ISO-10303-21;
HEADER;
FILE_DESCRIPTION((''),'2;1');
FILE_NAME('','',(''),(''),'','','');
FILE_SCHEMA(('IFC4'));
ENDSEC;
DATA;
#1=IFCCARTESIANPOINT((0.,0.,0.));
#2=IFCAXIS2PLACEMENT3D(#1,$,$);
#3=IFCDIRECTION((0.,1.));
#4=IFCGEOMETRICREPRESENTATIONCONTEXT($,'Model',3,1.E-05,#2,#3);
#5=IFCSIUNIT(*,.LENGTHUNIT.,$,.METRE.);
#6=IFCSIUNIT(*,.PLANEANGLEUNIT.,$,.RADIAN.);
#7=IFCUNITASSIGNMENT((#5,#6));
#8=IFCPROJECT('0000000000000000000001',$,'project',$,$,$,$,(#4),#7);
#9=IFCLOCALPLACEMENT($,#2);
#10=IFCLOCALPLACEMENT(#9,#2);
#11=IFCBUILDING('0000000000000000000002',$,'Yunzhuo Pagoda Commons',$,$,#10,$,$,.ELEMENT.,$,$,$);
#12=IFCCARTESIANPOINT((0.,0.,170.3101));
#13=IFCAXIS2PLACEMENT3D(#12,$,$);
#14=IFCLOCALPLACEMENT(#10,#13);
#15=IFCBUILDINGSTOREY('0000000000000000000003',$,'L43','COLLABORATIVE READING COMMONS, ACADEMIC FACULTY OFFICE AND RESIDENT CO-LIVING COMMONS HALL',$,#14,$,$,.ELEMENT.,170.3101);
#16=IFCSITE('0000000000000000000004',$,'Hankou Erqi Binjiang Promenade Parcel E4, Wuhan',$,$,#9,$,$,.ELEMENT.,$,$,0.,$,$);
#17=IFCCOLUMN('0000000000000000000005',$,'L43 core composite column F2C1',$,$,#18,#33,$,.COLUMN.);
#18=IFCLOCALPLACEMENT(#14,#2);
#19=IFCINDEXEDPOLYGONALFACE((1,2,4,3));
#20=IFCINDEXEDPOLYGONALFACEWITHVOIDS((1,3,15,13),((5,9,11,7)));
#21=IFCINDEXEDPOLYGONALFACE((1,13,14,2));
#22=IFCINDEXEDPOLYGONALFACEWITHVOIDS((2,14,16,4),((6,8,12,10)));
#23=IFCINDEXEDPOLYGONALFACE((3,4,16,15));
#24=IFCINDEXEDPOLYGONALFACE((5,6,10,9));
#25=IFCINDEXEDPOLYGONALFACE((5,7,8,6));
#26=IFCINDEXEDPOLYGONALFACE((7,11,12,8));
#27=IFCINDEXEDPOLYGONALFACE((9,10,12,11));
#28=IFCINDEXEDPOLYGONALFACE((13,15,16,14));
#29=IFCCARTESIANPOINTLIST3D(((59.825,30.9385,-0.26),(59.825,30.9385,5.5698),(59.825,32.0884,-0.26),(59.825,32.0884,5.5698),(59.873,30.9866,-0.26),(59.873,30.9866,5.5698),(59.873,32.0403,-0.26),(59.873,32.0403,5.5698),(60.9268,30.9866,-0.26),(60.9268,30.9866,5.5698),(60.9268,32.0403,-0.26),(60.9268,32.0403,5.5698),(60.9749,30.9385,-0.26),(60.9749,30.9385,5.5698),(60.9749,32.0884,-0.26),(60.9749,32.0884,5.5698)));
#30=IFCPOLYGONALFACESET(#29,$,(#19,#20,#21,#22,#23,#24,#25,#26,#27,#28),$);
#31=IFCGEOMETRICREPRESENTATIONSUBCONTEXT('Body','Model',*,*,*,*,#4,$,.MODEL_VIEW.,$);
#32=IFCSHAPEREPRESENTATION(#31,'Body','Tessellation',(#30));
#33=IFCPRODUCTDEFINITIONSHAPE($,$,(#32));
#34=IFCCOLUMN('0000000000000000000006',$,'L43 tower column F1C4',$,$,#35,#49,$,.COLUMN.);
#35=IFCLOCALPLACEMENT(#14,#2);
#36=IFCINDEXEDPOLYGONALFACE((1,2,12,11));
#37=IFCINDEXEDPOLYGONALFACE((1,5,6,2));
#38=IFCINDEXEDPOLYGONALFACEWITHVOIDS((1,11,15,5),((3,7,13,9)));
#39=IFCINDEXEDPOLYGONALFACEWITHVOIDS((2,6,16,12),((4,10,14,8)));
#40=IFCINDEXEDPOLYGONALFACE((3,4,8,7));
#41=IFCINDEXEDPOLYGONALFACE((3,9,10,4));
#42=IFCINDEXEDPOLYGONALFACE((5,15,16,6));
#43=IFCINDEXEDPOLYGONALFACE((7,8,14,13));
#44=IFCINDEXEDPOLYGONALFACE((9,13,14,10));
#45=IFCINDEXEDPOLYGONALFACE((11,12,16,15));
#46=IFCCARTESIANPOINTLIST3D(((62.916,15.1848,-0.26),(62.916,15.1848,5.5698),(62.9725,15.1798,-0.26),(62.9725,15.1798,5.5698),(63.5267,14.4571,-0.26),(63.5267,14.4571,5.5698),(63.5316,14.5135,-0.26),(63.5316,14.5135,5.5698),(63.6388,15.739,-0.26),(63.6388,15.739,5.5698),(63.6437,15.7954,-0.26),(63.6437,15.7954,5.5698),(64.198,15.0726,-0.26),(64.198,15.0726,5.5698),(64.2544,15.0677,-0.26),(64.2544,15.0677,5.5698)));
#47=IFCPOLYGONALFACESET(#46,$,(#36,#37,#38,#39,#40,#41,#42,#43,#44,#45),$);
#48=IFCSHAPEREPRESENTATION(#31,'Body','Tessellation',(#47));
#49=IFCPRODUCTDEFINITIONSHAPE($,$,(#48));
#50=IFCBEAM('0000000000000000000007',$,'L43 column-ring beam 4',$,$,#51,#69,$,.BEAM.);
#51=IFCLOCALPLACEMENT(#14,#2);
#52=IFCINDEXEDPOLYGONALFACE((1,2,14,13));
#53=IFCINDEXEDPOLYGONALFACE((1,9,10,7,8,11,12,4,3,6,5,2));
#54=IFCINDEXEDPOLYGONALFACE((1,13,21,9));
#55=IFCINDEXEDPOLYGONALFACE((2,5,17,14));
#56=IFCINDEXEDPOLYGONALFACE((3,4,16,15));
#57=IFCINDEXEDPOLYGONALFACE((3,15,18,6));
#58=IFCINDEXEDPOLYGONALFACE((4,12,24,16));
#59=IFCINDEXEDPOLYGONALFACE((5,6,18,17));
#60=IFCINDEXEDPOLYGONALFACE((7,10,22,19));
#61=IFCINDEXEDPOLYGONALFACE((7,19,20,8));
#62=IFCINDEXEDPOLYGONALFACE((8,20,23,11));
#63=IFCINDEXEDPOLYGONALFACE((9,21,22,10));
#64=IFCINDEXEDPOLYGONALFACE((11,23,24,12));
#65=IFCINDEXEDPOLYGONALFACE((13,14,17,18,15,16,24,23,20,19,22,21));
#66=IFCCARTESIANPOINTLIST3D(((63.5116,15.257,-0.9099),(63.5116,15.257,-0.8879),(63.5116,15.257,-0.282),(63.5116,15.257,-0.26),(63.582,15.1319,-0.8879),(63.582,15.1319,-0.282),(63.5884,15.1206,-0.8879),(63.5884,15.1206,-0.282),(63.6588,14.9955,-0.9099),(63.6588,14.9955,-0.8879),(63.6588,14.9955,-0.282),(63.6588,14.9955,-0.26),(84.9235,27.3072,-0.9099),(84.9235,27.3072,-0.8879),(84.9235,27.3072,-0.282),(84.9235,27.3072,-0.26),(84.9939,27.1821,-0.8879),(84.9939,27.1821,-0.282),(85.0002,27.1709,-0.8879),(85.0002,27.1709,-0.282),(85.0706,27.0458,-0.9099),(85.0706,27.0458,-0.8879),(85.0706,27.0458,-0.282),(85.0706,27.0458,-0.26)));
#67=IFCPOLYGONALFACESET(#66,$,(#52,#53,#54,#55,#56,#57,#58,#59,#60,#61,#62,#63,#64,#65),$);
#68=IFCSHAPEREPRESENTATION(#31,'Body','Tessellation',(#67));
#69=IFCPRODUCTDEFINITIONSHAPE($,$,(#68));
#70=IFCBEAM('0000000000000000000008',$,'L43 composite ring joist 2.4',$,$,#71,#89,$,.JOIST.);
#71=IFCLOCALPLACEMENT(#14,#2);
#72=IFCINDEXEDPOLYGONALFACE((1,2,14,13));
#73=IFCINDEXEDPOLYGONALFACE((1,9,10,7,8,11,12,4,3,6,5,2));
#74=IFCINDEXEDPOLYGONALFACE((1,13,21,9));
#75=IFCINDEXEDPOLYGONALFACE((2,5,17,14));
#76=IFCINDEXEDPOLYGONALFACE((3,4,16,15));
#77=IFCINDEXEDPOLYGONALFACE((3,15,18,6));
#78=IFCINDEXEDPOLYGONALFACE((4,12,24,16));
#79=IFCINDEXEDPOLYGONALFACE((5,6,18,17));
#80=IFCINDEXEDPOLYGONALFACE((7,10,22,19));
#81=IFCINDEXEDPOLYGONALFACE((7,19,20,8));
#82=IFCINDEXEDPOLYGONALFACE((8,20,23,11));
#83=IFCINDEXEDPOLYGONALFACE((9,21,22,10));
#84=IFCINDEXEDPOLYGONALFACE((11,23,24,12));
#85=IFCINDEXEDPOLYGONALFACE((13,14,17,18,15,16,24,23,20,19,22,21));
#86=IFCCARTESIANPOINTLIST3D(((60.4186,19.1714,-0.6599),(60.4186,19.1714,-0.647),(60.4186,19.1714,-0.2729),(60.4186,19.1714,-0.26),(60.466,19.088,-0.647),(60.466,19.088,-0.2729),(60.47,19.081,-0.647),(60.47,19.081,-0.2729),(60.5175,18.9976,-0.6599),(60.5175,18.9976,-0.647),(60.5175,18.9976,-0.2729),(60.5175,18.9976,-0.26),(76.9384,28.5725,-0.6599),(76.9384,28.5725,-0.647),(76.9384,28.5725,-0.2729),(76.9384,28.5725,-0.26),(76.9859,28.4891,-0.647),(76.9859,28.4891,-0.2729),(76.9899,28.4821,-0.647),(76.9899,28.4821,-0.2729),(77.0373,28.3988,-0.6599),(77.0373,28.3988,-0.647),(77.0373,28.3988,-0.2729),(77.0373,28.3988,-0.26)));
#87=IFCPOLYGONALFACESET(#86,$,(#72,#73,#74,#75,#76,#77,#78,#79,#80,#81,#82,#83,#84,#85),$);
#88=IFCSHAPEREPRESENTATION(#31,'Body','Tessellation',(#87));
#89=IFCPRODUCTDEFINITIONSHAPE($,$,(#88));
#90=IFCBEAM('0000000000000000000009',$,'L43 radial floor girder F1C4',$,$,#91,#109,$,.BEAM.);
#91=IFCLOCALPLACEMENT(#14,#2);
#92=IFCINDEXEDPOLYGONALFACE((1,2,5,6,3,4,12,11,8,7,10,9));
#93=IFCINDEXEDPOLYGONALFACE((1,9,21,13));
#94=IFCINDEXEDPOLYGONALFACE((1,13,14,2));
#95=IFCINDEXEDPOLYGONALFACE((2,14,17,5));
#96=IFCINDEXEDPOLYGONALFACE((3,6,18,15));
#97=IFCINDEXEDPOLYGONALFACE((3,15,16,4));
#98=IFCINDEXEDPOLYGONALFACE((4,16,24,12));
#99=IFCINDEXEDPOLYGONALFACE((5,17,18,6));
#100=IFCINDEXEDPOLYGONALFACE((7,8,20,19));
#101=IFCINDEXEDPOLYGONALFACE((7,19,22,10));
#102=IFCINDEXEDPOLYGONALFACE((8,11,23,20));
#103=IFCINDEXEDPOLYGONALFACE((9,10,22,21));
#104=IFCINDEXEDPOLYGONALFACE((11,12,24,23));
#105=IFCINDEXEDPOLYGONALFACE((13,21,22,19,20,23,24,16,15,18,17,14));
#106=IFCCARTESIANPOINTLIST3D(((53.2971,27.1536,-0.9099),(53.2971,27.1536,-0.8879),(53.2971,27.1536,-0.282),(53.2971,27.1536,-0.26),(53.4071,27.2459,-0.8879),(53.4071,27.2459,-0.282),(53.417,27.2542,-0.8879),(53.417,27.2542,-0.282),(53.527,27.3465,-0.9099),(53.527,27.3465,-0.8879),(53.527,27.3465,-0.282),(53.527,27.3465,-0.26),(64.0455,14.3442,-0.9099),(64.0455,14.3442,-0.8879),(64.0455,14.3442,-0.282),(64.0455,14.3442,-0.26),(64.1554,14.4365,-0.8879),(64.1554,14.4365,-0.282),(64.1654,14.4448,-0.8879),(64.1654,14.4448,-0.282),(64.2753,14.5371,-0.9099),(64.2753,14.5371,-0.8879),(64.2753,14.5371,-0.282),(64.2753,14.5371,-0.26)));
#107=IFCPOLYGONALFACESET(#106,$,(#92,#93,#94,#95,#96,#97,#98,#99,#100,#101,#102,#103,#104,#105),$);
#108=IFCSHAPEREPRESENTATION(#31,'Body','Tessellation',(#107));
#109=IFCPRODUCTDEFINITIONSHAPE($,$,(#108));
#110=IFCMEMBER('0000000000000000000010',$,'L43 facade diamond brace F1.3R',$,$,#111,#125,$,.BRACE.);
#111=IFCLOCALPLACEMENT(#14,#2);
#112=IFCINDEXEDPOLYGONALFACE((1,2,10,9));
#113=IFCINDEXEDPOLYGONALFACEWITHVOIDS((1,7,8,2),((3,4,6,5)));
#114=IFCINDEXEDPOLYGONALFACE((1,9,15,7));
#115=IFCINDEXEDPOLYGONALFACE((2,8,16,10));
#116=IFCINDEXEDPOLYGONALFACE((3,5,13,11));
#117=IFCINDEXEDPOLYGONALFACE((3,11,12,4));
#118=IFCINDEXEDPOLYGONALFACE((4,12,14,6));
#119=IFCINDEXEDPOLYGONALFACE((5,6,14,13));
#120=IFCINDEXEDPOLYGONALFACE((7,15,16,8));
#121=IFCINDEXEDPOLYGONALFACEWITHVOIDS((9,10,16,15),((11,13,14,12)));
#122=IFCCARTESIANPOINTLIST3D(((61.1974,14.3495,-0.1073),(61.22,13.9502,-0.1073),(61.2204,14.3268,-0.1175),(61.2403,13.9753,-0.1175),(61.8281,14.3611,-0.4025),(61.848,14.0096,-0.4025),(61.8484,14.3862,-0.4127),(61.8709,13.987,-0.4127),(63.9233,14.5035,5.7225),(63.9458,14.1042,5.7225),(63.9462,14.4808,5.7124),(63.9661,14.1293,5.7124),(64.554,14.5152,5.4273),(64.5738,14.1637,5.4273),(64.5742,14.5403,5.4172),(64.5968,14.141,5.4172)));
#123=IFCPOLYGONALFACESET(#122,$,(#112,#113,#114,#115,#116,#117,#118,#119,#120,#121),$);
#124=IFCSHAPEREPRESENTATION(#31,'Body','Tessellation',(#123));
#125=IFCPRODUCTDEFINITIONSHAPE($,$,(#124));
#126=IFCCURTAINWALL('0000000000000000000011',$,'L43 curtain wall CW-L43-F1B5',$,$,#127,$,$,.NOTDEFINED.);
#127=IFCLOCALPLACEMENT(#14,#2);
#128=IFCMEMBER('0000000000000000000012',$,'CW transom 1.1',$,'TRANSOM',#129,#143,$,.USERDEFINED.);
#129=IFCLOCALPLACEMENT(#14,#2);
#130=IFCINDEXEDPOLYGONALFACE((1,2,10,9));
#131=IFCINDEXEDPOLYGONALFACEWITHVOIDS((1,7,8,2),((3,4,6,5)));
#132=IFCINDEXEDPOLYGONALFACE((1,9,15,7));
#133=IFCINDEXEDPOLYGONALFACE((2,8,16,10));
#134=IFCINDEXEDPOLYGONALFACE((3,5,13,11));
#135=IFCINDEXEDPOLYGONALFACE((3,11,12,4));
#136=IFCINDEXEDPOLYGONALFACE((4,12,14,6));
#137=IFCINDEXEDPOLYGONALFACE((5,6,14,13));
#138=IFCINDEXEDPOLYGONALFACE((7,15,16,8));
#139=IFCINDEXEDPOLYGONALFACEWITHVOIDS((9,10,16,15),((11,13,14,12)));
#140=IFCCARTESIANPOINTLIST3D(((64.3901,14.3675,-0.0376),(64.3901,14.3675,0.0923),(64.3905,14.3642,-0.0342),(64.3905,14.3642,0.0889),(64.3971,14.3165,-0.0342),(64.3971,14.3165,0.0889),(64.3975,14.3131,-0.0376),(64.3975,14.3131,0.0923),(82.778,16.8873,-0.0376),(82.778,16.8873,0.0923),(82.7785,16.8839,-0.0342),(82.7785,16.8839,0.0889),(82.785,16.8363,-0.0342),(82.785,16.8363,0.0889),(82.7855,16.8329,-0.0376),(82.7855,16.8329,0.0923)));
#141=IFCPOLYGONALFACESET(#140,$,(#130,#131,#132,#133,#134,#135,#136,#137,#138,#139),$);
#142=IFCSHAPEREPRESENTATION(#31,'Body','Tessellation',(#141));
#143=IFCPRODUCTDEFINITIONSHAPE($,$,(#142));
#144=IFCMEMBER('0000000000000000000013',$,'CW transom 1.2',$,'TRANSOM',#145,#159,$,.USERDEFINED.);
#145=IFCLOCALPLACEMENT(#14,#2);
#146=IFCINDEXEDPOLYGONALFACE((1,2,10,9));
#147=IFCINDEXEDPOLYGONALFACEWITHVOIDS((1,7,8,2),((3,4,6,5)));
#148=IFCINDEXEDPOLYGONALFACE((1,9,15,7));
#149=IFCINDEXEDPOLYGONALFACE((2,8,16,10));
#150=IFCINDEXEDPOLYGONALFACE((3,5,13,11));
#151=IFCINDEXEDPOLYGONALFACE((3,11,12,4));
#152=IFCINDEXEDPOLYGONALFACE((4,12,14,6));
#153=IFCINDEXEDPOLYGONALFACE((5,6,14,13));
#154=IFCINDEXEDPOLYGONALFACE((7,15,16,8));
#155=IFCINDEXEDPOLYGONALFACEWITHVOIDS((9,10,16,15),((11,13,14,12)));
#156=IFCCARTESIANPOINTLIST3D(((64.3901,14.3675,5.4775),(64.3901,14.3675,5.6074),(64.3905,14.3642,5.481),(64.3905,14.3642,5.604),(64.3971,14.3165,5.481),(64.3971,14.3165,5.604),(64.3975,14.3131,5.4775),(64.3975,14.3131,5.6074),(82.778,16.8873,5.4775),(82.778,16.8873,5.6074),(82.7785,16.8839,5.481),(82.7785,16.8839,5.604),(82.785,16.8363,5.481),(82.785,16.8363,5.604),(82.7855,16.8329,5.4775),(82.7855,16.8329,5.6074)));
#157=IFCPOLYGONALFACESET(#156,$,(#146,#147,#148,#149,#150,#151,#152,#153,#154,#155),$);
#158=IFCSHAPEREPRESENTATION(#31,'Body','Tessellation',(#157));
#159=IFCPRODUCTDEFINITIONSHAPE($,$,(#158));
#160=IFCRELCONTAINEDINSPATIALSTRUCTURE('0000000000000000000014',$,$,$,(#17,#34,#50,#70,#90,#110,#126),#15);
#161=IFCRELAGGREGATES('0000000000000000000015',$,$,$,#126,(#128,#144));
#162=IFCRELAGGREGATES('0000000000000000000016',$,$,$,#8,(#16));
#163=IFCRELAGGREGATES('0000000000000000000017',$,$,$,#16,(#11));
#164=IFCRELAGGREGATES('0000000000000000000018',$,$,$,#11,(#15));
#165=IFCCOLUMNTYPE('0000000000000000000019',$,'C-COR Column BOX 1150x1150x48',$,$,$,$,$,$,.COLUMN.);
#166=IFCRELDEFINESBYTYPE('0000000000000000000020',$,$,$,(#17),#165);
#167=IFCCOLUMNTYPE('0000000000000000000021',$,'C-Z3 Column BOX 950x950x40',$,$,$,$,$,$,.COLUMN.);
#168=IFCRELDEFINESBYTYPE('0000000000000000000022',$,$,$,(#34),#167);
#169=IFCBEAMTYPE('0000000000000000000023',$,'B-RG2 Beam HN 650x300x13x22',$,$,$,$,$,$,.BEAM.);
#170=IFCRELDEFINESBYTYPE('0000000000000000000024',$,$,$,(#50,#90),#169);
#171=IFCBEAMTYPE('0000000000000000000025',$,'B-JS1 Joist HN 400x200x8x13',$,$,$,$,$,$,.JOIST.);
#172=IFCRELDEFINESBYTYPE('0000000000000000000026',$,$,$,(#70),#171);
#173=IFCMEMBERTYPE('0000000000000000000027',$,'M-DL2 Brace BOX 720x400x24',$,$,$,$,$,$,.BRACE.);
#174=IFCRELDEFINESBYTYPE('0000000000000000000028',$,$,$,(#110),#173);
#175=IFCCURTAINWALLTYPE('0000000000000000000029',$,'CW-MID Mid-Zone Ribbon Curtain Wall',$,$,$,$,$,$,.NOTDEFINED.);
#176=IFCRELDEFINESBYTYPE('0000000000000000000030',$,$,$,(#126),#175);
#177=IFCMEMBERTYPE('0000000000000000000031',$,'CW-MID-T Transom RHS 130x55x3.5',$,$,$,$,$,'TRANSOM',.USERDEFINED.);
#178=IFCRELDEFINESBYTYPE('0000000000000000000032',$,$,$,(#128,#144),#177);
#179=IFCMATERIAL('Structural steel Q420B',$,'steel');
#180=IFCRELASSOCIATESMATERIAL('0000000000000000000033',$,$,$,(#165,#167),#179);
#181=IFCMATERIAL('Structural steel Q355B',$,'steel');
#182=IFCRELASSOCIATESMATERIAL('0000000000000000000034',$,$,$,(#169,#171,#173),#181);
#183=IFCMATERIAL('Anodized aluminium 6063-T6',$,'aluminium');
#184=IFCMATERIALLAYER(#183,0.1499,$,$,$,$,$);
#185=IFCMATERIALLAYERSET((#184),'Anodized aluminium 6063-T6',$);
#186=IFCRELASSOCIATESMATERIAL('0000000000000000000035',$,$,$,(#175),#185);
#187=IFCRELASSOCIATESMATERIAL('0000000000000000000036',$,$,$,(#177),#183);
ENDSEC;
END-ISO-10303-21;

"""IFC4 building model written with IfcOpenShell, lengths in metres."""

from ifc_helpers import new_model, si_unit, direction, frame, origin, origin_2d, place, context, subcontext, project, spatial, hollow_rectangle, i_section, extrude, source, transform, mapped, material, layer, layer_set, material_profile, profile_set, type_object, element, aggregate, save


model = new_model("IFC4")

# Units and contexts
model_context = context("Model", 3, precision=1e-05, world=origin(), true_north=direction((0.0, 1.0)))
body_context = subcontext(model_context, "Body", "Model", "MODEL_VIEW")
ifc_project = project(units=[si_unit("LENGTHUNIT", "METRE"), si_unit("PLANEANGLEUNIT", "RADIAN")], contexts=[model_context])

# Site, building, storey
site_placement = place(None, origin())
site = spatial("IfcSite", under=ifc_project, at=site_placement, Name="Hankou Erqi Binjiang Promenade Parcel E4, Wuhan", CompositionType="ELEMENT", RefElevation=0.0)
building_placement = place(site_placement, origin())
building = spatial("IfcBuilding", under=site, at=building_placement, Name="Yunzhuo Pagoda Commons", CompositionType="ELEMENT")
storey_placement = place(building_placement, frame((0.0, 0.0, 170.3101)))
storey = spatial("IfcBuildingStorey", under=building, at=storey_placement, Name="L43", Description="COLLABORATIVE READING COMMONS, ACADEMIC FACULTY OFFICE AND RESIDENT CO-LIVING COMMONS HALL", CompositionType="ELEMENT", Elevation=170.3101)

# Columns
ifc_material_1 = material(Name="Structural steel Q420B", Category="steel")
ifc_material_profile_1 = material_profile(ifc_material_1, hollow_rectangle(XDim=1.1499, YDim=1.1499, WallThickness=0.0481, at=origin_2d()), Name="Structural steel Q420B")
ifc_profile_set_1 = profile_set([ifc_material_profile_1], Name="Structural steel Q420B")
column_type_1 = type_object("IfcColumnType", Name="C-COR Column BOX 1150x1150x48", PredefinedType="COLUMN", material=ifc_profile_set_1)
shared_shape_1 = source(origin(), body_context, "Body", "SweptSolid", [
    extrude(hollow_rectangle(XDim=1.1499, YDim=1.1499, WallThickness=0.0481, at=origin_2d()), origin(), (0.0, 0.0, 1.0), 5.8298),
])
column_1_placement = place(storey_placement, frame((60.3999, 31.5134, -0.26), z_axis=(0.0, 0.0, 1.0), x_axis=(1.0, 0.0, 0.0)))
element("IfcColumn", 1, at=column_1_placement, inside=storey, type_object=column_type_1, Name="L43 core composite column F2C1", PredefinedType="COLUMN", context=body_context, shape_type="MappedRepresentation", body=[
    mapped(shared_shape_1, transform((0.0, 0.0, 0.0), scale=1.0)),
])
ifc_material_profile_2 = material_profile(ifc_material_1, hollow_rectangle(XDim=0.95, YDim=0.95, WallThickness=0.04, at=origin_2d()), Name="Structural steel Q420B")
ifc_profile_set_2 = profile_set([ifc_material_profile_2], Name="Structural steel Q420B")
column_type_2 = type_object("IfcColumnType", Name="C-Z3 Column BOX 950x950x40", PredefinedType="COLUMN", material=ifc_profile_set_2)
shared_shape_2 = source(origin(), body_context, "Body", "SweptSolid", [
    extrude(hollow_rectangle(XDim=0.95, YDim=0.95, WallThickness=0.04, at=origin_2d()), origin(), (0.0, 0.0, 1.0), 5.8298),
])
column_2_placement = place(storey_placement, frame((63.5852, 15.1262, -0.26), z_axis=(0.0, 0.0, 1.0), x_axis=(0.766044, 0.642788, 0.0)))
element("IfcColumn", 2, at=column_2_placement, inside=storey, type_object=column_type_2, Name="L43 tower column F1C4", PredefinedType="COLUMN", context=body_context, shape_type="MappedRepresentation", body=[
    mapped(shared_shape_2, transform((0.0, 0.0, 0.0), scale=1.0)),
])

# Beams
ifc_material_2 = material(Name="Structural steel Q355B", Category="steel")
ifc_material_profile_3 = material_profile(ifc_material_2, i_section(OverallWidth=0.3, OverallDepth=0.6499, WebThickness=0.0129, FlangeThickness=0.022, at=origin_2d()), Name="Structural steel Q355B")
ifc_profile_set_3 = profile_set([ifc_material_profile_3], Name="Structural steel Q355B")
beam_type_1 = type_object("IfcBeamType", Name="B-RG2 Beam HN 650x300x13x22", PredefinedType="BEAM", material=ifc_profile_set_3)
shared_shape_3 = source(origin(), body_context, "Body", "SweptSolid", [
    extrude(i_section(OverallWidth=0.3, OverallDepth=0.6499, WebThickness=0.0129, FlangeThickness=0.022, at=origin_2d()), origin(), (0.0, 0.0, 1.0), 24.5698),
])
beam_1_placement = place(storey_placement, frame((63.5852, 15.1262, -0.585), z_axis=(0.871469, 0.49045, 0.0), x_axis=(-0.49045, 0.871469, 0.0)))
element("IfcBeam", 3, at=beam_1_placement, inside=storey, type_object=beam_type_1, Name="L43 column-ring beam 4", PredefinedType="BEAM", context=body_context, shape_type="MappedRepresentation", body=[
    mapped(shared_shape_3, transform((0.0, 0.0, 0.0), scale=1.0)),
])
ifc_material_profile_4 = material_profile(ifc_material_2, i_section(OverallWidth=0.2, OverallDepth=0.3999, WebThickness=0.0081, FlangeThickness=0.0129, at=origin_2d()), Name="Structural steel Q355B")
ifc_profile_set_4 = profile_set([ifc_material_profile_4], Name="Structural steel Q355B")
beam_type_2 = type_object("IfcBeamType", Name="B-JS1 Joist HN 400x200x8x13", PredefinedType="JOIST", material=ifc_profile_set_4)
shared_shape_4 = source(origin(), body_context, "Body", "SweptSolid", [
    extrude(i_section(OverallWidth=0.2, OverallDepth=0.3999, WebThickness=0.0081, FlangeThickness=0.0129, at=origin_2d()), origin(), (0.0, 0.0, 1.0), 19.0076),
])
beam_2_placement = place(storey_placement, frame((60.468, 19.0845, -0.46), z_axis=(0.86912, 0.494601, 0.0), x_axis=(-0.494601, 0.86912, 0.0)))
element("IfcBeam", 4, at=beam_2_placement, inside=storey, type_object=beam_type_2, Name="L43 composite ring joist 2.4", PredefinedType="JOIST", context=body_context, shape_type="MappedRepresentation", body=[
    mapped(shared_shape_4, transform((0.0, 0.0, 0.0), scale=1.0)),
])
shared_shape_5 = source(origin(), body_context, "Body", "SweptSolid", [
    extrude(i_section(OverallWidth=0.3, OverallDepth=0.6499, WebThickness=0.0129, FlangeThickness=0.022, at=origin_2d()), origin(), (0.0, 0.0, 1.0), 16.7214),
])
beam_3_placement = place(storey_placement, frame((64.1604, 14.4407, -0.585), z_axis=(-0.642787, 0.766045, 0.0), x_axis=(-0.766045, -0.642787, 0.0)))
element("IfcBeam", 5, at=beam_3_placement, inside=storey, type_object=beam_type_1, Name="L43 radial floor girder F1C4", PredefinedType="BEAM", context=body_context, shape_type="MappedRepresentation", body=[
    mapped(shared_shape_5, transform((0.0, 0.0, 0.0), scale=1.0)),
])

# Member
ifc_material_profile_5 = material_profile(ifc_material_2, hollow_rectangle(XDim=0.3999, YDim=0.72, WallThickness=0.0239, at=origin_2d()), Name="Structural steel Q355B")
ifc_profile_set_5 = profile_set([ifc_material_profile_5], Name="Structural steel Q355B")
member_type_1 = type_object("IfcMemberType", Name="M-DL2 Brace BOX 720x400x24", PredefinedType="BRACE", material=ifc_profile_set_5)
shared_shape_6 = source(origin(), body_context, "Body", "SweptSolid", [
    extrude(hollow_rectangle(XDim=0.3999, YDim=0.72, WallThickness=0.0239, at=origin_2d()), origin(), (0.0, 0.0, 1.0), 6.4375),
])
member_1_placement = place(storey_placement, frame((61.5342, 14.1682, -0.26), z_axis=(0.423433, 0.023931, 0.905611), x_axis=(-0.056426, 0.998407, 0.0)))
element("IfcMember", 6, at=member_1_placement, inside=storey, type_object=member_type_1, Name="L43 facade diamond brace F1.3R", PredefinedType="BRACE", context=body_context, shape_type="MappedRepresentation", body=[
    mapped(shared_shape_6, transform((0.0, 0.0, 0.0), scale=1.0)),
])

# Curtain wall, members
ifc_material_3 = material(Name="Anodized aluminium 6063-T6", Category="aluminium")
ifc_layer_1 = layer(ifc_material_3, 0.1499)
ifc_layer_set_1 = layer_set([ifc_layer_1], Name="Anodized aluminium 6063-T6")
curtain_wall_type = type_object("IfcCurtainWallType", Name="CW-MID Mid-Zone Ribbon Curtain Wall", PredefinedType="NOTDEFINED", material=ifc_layer_set_1)
curtain_wall_1_placement = place(storey_placement, origin())
curtain_wall_1 = element("IfcCurtainWall", 7, at=curtain_wall_1_placement, inside=storey, type_object=curtain_wall_type, Name="L43 curtain wall CW-L43-F1B5", PredefinedType="NOTDEFINED")
ifc_material_profile_6 = material_profile(ifc_material_3, hollow_rectangle(XDim=0.0549, YDim=0.1299, WallThickness=0.0034, at=origin_2d()), Name="Anodized aluminium 6063-T6")
ifc_profile_set_6 = profile_set([ifc_material_profile_6], Name="Anodized aluminium 6063-T6")
member_type_2 = type_object("IfcMemberType", Name="CW-MID-T Transom RHS 130x55x3.5", ElementType="TRANSOM", PredefinedType="USERDEFINED", material=ifc_profile_set_6)
shared_shape_7 = source(origin(), body_context, "Body", "SweptSolid", [
    extrude(hollow_rectangle(XDim=0.0549, YDim=0.1299, WallThickness=0.0034, at=origin_2d()), origin(), (0.0, 0.0, 1.0), 18.5598),
])
member_2_placement = place(storey_placement, frame((64.3938, 14.3403, 0.0273), z_axis=(0.990741, 0.135765, 0.0), x_axis=(-0.135765, 0.990741, 0.0)))
member_2 = element("IfcMember", 8, at=member_2_placement, type_object=member_type_2, Name="CW transom 1.1", ObjectType="TRANSOM", PredefinedType="USERDEFINED", context=body_context, shape_type="MappedRepresentation", body=[
    mapped(shared_shape_7, transform((0.0, 0.0, 0.0), scale=1.0)),
])
member_3_placement = place(storey_placement, frame((64.3938, 14.3403, 5.5425), z_axis=(0.990741, 0.135765, 0.0), x_axis=(-0.135765, 0.990741, 0.0)))
member_3 = element("IfcMember", 9, at=member_3_placement, type_object=member_type_2, Name="CW transom 1.2", ObjectType="TRANSOM", PredefinedType="USERDEFINED", context=body_context, shape_type="MappedRepresentation", body=[
    mapped(shared_shape_7, transform((0.0, 0.0, 0.0), scale=1.0)),
])

aggregate(curtain_wall_1, [member_2, member_3])

save(model, "model.ifc")
